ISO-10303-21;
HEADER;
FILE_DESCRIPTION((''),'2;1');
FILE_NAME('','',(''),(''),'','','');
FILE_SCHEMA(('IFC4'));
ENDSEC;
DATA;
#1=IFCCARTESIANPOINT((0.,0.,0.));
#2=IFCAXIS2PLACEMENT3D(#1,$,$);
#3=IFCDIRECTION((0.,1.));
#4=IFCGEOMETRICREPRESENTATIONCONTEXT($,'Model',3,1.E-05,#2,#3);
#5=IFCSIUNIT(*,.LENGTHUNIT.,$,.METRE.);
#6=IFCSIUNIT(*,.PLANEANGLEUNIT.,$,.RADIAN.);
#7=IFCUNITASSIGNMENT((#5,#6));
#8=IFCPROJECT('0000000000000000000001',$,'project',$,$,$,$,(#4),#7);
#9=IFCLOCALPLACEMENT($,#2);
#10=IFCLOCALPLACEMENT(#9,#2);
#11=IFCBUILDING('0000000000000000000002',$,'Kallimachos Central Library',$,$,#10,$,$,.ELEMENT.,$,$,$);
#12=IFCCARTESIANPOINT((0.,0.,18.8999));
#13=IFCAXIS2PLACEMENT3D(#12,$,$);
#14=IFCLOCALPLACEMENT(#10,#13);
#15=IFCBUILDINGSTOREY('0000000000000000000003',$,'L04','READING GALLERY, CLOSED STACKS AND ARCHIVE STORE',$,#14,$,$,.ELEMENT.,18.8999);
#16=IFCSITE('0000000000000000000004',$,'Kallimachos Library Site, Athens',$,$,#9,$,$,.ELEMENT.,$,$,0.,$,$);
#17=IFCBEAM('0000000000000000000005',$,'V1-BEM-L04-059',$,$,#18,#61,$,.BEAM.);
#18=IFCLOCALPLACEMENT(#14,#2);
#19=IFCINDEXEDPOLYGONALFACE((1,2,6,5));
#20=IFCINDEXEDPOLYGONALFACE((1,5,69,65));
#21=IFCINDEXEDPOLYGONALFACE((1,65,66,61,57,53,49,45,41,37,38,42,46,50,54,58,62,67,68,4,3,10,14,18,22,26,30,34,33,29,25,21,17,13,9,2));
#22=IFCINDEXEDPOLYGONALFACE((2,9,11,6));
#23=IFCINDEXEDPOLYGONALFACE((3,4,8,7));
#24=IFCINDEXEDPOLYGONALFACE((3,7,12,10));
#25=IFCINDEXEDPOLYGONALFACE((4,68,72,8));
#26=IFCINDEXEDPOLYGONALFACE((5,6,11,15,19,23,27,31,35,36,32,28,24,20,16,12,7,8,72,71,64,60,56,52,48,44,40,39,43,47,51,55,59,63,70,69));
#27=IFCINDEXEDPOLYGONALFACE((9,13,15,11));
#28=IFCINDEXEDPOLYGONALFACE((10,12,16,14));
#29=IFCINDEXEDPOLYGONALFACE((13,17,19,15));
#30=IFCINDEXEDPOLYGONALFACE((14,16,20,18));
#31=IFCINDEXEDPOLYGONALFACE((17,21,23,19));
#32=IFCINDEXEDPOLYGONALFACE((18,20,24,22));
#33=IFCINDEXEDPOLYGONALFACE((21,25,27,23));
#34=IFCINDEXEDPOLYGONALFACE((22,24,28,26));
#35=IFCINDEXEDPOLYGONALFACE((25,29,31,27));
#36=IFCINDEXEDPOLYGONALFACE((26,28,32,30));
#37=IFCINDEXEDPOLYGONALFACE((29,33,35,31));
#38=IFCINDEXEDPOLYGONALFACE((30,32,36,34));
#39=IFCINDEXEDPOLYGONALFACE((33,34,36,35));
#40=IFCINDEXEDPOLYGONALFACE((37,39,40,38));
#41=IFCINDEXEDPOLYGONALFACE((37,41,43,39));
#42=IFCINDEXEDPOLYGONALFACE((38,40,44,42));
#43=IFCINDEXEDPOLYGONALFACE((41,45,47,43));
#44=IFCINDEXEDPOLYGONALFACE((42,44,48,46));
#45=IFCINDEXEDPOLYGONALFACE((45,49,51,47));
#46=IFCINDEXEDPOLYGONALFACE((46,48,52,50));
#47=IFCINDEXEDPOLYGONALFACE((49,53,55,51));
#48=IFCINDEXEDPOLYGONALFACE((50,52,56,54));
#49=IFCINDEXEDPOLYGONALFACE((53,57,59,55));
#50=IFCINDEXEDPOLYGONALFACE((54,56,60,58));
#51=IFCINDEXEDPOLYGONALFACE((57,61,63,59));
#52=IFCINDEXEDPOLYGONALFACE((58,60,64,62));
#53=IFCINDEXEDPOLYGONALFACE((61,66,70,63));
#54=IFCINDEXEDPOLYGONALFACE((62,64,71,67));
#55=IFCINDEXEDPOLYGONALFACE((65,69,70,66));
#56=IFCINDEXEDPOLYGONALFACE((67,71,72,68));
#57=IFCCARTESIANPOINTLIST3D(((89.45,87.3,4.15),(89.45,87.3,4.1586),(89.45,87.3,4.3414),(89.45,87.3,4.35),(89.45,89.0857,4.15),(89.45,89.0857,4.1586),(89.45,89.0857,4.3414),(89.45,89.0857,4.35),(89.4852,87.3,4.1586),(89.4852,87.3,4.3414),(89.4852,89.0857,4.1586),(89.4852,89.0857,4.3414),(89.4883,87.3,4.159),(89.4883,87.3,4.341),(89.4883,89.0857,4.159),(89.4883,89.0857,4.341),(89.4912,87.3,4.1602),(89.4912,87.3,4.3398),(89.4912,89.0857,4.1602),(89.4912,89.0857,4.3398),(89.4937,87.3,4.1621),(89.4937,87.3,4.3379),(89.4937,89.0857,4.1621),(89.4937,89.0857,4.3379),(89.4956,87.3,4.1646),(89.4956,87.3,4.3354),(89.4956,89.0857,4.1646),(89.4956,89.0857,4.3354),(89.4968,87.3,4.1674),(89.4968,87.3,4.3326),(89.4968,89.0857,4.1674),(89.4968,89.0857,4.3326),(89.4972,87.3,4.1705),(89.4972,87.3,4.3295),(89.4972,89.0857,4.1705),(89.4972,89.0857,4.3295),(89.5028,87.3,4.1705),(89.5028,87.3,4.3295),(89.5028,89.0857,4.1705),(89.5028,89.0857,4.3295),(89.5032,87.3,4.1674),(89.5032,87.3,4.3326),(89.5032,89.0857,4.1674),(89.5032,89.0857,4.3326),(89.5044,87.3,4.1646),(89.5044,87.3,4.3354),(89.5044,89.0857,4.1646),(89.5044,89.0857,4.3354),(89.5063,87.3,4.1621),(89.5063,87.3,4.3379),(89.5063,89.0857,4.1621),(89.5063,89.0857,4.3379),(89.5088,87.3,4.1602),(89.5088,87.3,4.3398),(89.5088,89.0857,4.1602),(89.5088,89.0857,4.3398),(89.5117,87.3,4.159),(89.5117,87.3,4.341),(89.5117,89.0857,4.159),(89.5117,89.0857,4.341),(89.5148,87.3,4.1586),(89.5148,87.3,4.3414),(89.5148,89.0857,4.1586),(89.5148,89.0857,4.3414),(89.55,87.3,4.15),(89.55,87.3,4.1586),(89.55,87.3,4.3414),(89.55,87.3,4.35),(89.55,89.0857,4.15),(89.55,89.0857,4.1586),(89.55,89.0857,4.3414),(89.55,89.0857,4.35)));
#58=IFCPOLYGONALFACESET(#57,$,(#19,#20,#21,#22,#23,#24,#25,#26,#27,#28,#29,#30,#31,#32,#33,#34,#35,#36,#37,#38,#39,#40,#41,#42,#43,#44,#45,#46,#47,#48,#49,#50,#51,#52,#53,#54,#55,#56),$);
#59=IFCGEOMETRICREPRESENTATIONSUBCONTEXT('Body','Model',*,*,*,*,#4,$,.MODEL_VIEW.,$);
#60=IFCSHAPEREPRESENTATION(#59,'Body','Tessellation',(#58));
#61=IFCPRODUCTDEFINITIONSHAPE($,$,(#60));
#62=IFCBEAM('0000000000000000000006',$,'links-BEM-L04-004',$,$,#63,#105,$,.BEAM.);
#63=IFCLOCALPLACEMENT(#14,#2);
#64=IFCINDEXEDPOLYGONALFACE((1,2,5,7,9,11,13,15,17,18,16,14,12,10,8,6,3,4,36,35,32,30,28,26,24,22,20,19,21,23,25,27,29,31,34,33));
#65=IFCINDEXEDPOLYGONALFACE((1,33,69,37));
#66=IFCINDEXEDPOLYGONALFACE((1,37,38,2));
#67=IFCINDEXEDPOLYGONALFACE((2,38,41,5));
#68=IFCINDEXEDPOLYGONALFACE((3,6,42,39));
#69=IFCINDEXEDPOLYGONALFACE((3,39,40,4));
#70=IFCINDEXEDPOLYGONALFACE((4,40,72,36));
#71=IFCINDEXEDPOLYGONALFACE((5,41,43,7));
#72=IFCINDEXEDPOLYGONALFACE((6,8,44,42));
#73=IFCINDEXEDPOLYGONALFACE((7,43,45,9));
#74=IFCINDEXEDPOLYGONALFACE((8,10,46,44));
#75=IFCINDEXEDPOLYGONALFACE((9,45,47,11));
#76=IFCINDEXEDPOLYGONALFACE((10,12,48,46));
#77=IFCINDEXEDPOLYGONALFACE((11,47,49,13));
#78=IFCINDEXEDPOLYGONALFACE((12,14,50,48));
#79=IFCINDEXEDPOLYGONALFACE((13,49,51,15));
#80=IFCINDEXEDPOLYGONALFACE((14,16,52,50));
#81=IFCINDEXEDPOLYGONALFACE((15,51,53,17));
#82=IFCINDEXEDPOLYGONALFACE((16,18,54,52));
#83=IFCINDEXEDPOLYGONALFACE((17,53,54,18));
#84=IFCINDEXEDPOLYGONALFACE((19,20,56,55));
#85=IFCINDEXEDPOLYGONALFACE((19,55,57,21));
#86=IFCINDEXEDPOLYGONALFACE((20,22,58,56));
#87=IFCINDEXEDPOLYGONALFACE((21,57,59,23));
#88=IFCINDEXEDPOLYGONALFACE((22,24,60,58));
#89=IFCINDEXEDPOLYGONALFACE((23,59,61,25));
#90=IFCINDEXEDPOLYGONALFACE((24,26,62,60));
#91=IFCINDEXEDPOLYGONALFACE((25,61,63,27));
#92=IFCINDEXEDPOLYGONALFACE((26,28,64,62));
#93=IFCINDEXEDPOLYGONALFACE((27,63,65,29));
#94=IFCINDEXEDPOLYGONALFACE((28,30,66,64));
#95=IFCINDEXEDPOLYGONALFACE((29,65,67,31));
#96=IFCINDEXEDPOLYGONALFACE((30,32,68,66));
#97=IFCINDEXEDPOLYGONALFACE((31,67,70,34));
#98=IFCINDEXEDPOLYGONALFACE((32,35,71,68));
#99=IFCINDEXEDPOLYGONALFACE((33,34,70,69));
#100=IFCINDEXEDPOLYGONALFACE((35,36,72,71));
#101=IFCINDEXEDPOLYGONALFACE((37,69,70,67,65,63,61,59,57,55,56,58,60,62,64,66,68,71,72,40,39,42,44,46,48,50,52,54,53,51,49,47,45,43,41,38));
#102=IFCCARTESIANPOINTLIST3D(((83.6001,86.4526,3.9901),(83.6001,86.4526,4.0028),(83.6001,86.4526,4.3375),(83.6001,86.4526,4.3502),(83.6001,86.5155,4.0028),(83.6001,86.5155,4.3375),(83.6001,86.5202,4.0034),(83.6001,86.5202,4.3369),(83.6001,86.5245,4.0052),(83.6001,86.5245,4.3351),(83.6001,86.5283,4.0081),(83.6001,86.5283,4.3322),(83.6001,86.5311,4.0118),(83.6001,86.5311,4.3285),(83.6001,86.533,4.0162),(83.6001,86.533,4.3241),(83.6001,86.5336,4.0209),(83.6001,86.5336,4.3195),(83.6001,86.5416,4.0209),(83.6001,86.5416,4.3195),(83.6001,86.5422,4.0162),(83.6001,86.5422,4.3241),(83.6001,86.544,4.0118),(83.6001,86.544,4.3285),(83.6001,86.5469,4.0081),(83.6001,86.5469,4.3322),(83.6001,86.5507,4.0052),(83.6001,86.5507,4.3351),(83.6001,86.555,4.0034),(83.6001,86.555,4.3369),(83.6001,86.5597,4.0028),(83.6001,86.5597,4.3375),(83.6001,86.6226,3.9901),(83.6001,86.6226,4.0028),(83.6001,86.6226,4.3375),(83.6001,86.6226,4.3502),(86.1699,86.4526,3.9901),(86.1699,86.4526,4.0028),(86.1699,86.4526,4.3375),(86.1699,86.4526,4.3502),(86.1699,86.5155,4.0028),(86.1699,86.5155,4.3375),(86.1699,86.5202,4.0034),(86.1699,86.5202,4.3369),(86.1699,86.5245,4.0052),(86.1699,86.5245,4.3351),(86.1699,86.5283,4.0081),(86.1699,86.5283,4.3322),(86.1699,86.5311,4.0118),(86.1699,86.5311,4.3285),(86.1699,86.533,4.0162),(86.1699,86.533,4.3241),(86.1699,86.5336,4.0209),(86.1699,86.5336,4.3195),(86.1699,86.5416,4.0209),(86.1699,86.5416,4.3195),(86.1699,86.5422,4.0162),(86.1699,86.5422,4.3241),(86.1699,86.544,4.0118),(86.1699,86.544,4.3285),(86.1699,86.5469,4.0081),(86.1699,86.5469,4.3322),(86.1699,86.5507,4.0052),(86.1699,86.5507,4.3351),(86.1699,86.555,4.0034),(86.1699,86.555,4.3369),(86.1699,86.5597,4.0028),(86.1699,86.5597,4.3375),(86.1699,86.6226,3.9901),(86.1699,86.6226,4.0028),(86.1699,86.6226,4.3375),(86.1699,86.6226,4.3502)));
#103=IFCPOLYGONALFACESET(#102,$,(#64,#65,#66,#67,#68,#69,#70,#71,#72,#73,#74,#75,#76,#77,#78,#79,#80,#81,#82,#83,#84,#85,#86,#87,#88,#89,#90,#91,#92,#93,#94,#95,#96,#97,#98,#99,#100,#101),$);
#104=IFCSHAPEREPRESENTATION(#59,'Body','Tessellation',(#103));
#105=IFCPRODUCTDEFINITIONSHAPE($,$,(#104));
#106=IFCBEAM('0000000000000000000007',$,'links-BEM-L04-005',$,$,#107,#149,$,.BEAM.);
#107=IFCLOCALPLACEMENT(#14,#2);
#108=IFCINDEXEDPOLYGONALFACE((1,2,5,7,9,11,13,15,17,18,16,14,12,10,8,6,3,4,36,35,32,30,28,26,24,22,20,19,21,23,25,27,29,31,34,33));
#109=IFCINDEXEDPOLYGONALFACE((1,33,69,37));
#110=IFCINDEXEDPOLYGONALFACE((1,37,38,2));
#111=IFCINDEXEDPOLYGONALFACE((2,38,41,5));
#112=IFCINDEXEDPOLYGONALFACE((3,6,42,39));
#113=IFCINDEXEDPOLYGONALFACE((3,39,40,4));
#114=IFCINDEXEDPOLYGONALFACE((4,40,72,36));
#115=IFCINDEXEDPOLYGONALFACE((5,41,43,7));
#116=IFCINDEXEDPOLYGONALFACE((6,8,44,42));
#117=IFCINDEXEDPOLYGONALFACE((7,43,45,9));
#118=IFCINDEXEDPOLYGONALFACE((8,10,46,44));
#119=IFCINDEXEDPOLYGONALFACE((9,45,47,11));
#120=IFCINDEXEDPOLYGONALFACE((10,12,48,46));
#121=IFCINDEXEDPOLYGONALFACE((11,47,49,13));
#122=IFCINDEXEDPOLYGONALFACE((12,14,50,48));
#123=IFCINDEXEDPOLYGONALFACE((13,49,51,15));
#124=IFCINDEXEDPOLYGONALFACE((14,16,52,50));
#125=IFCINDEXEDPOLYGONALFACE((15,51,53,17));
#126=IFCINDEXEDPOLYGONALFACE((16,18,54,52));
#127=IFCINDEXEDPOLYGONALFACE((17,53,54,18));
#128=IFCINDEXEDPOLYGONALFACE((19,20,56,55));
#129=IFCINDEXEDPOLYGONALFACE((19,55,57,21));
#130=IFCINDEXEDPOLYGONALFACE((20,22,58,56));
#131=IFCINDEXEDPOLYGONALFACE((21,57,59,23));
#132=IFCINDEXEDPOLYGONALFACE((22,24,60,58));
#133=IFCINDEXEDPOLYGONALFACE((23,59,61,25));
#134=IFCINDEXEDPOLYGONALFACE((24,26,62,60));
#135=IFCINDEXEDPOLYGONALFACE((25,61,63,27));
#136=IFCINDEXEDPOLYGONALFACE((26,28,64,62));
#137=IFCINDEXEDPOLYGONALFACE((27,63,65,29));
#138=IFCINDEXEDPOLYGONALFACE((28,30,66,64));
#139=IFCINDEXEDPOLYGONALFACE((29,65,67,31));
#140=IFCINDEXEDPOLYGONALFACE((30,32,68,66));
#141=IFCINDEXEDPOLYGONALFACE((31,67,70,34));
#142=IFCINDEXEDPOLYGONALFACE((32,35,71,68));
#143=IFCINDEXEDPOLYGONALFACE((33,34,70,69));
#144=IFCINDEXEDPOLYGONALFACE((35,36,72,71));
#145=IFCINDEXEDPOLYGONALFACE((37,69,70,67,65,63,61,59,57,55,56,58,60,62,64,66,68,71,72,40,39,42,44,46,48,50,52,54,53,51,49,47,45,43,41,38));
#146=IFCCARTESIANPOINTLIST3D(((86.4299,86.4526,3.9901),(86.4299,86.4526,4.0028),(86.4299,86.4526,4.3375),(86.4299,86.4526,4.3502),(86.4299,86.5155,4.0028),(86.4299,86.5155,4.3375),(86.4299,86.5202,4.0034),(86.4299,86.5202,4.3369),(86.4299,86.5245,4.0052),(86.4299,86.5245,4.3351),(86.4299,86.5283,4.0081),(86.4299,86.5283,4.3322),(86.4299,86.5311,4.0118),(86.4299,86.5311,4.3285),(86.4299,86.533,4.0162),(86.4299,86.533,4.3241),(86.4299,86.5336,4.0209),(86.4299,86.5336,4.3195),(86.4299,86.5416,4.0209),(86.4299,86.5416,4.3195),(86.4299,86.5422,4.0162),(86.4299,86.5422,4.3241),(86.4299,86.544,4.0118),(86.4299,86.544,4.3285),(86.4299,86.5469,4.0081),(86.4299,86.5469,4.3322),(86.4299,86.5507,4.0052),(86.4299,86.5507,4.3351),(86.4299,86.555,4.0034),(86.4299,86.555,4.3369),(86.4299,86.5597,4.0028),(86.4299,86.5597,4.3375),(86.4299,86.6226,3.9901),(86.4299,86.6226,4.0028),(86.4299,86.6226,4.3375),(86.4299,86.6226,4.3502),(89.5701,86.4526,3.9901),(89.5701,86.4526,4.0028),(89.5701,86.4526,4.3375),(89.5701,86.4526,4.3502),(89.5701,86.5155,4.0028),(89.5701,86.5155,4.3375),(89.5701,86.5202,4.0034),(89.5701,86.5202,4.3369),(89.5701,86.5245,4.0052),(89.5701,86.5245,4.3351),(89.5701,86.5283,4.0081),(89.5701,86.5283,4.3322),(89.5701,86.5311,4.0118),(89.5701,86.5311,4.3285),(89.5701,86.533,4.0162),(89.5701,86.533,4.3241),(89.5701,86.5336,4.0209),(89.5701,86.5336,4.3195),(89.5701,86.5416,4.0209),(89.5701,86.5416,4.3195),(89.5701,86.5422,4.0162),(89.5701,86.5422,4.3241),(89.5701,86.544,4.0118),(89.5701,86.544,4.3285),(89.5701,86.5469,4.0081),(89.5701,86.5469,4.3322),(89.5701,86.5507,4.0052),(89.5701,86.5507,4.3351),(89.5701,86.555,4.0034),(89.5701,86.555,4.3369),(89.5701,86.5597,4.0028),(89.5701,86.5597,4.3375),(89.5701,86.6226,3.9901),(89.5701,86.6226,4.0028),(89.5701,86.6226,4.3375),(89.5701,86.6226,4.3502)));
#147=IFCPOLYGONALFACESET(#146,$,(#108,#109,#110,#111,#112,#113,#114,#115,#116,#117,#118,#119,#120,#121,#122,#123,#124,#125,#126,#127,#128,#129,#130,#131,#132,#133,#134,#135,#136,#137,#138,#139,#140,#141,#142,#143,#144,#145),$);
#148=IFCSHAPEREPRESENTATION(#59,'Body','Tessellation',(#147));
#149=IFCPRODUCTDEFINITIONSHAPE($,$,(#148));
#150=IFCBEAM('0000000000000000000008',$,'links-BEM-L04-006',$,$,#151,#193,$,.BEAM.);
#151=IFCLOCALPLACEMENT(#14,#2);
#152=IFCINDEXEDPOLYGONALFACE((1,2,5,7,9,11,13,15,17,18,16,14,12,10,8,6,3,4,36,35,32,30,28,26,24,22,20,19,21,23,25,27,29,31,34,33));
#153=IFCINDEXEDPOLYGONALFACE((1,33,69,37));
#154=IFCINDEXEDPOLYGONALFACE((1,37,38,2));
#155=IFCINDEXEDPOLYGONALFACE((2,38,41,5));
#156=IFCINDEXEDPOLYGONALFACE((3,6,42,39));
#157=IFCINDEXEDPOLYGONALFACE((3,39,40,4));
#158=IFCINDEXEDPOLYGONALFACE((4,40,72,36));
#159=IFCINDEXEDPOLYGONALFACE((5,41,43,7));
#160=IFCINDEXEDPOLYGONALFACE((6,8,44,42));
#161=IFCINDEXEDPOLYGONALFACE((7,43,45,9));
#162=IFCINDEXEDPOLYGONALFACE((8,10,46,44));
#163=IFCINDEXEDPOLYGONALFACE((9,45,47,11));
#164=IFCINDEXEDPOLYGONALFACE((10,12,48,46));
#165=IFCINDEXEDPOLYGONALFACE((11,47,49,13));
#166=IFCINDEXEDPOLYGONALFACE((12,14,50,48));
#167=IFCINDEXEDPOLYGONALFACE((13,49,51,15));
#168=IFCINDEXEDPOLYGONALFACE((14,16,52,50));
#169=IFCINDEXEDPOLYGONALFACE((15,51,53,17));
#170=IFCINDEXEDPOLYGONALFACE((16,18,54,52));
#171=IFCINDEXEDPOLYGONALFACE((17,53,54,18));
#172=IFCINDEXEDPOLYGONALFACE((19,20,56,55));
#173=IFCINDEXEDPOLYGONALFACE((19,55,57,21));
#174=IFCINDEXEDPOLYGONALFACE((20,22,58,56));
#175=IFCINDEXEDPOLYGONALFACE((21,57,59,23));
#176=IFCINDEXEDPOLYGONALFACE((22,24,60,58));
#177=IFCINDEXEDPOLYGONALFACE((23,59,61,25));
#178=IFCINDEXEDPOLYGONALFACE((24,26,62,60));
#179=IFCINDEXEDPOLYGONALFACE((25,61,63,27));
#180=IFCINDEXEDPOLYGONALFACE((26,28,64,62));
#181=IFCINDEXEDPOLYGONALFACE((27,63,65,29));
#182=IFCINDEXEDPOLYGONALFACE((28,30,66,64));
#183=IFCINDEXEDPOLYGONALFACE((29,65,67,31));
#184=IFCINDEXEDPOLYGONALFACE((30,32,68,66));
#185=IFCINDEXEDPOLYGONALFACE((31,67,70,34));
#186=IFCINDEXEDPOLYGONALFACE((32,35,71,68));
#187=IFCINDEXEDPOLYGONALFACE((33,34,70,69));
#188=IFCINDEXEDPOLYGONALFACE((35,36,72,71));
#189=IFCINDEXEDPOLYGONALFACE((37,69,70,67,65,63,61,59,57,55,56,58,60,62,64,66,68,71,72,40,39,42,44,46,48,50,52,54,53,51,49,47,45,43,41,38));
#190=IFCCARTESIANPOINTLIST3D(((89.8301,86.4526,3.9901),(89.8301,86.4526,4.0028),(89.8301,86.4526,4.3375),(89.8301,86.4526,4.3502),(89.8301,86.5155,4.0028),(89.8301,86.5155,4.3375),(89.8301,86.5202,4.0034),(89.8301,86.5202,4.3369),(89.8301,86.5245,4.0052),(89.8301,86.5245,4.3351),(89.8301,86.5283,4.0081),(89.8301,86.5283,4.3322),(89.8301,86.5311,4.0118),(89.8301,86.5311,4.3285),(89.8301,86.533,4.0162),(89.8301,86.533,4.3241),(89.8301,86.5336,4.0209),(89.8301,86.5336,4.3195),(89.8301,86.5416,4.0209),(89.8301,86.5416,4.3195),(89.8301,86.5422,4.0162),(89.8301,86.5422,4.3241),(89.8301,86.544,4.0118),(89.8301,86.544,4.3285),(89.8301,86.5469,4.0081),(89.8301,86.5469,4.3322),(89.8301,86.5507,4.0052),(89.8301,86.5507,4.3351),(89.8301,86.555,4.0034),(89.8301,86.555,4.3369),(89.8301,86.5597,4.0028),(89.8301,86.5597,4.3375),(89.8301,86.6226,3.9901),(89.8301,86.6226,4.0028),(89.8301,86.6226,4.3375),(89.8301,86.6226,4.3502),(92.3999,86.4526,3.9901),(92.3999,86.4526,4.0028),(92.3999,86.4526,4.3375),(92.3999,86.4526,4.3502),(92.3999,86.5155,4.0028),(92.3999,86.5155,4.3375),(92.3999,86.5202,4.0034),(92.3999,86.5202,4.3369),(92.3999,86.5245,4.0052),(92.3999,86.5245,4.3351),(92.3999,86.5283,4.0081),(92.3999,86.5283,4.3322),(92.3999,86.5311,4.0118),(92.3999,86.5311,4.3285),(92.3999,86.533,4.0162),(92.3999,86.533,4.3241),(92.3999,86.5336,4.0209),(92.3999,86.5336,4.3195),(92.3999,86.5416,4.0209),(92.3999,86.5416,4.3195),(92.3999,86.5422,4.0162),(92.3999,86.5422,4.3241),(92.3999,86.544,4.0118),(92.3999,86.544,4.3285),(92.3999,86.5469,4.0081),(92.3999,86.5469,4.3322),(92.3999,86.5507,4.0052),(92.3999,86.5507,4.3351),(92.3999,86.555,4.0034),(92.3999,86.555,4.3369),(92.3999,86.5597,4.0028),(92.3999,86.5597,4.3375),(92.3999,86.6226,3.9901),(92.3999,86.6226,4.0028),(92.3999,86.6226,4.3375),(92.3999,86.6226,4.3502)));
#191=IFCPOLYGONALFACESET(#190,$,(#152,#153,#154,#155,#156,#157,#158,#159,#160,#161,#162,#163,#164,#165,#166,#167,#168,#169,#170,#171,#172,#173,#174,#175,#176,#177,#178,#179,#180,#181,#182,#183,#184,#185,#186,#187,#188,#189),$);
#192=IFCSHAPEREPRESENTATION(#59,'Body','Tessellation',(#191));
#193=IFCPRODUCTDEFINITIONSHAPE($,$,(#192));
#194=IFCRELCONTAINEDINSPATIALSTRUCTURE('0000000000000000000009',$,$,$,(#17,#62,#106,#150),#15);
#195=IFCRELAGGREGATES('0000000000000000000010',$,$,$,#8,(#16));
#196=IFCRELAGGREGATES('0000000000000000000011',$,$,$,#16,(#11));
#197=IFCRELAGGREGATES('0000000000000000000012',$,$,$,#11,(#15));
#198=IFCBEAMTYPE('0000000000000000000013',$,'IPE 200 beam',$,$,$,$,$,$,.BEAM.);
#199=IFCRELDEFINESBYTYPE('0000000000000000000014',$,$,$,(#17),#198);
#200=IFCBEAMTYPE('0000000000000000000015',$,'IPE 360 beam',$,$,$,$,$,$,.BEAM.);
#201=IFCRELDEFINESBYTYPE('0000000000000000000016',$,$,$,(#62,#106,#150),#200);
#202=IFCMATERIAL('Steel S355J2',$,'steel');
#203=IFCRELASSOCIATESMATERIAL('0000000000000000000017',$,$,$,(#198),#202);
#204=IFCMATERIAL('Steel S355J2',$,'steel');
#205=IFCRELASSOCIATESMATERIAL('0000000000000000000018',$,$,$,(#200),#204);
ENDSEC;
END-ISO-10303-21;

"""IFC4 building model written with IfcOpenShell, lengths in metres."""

from ifc_helpers import new_model, si_unit, direction, frame, origin, origin_2d, place, context, subcontext, project, spatial, i_section, extrude, material, material_profile, profile_set, type_object, element, save


model = new_model("IFC4")

# Units and contexts
model_context = context("Model", 3, precision=1e-05, world=origin(), true_north=direction((0.0, 1.0)))
body_context = subcontext(model_context, "Body", "Model", "MODEL_VIEW")
ifc_project = project(units=[si_unit("LENGTHUNIT", "METRE"), si_unit("PLANEANGLEUNIT", "RADIAN")], contexts=[model_context])

# Site, building, storey
site_placement = place(None, origin())
site = spatial("IfcSite", under=ifc_project, at=site_placement, Name="Kallimachos Library Site, Athens", CompositionType="ELEMENT", RefElevation=0.0)
building_placement = place(site_placement, origin())
building = spatial("IfcBuilding", under=site, at=building_placement, Name="Kallimachos Central Library", CompositionType="ELEMENT")
storey_placement = place(building_placement, frame((0.0, 0.0, 18.8999)))
storey = spatial("IfcBuildingStorey", under=building, at=storey_placement, Name="L04", Description="READING GALLERY, CLOSED STACKS AND ARCHIVE STORE", CompositionType="ELEMENT", Elevation=18.8999)

# Beams
ifc_material_1 = material(Name="Steel S355J2", Category="steel")
ifc_material_profile_1 = material_profile(ifc_material_1, i_section(OverallWidth=0.1001, OverallDepth=0.2, WebThickness=0.0056, FlangeThickness=0.0085, FilletRadius=0.012, at=origin_2d()), Name="IPE 200")
ifc_profile_set_1 = profile_set([ifc_material_profile_1], Name="Steel S355J2")
beam_type_1 = type_object("IfcBeamType", Name="IPE 200 beam", PredefinedType="BEAM", material=ifc_profile_set_1)
for number, where, z_axis, x_axis, name in (
    (1, (89.5, 87.3, 4.25), (0.0, 1.0, 0.0), (-1.0, 0.0, 0.0), "V1-BEM-L04-059"),
):
    element("IfcBeam", number, at=place(storey_placement, frame(where, z_axis=z_axis, x_axis=x_axis)), inside=storey, type_object=beam_type_1, Name=name, PredefinedType="BEAM", context=body_context, shape_type="SweptSolid", body=[
        extrude(i_section(OverallWidth=0.1001, OverallDepth=0.2, WebThickness=0.0056, FlangeThickness=0.0085, FilletRadius=0.012, at=origin_2d()), origin(), (0.0, 0.0, 1.0), 1.7856),
    ])
ifc_material_2 = material(Name="Steel S355J2", Category="steel")
ifc_material_profile_2 = material_profile(ifc_material_2, i_section(OverallWidth=0.1699, OverallDepth=0.3601, WebThickness=0.0081, FlangeThickness=0.0127, FilletRadius=0.0181, at=origin_2d()), Name="IPE 360")
ifc_profile_set_2 = profile_set([ifc_material_profile_2], Name="Steel S355J2")
beam_type_2 = type_object("IfcBeamType", Name="IPE 360 beam", PredefinedType="BEAM", material=ifc_profile_set_2)
beam_1_placement = place(storey_placement, frame((83.6001, 86.5376, 4.1702), z_axis=(1.0, 0.0, 0.0), x_axis=(0.0, 1.0, 0.0)))
element("IfcBeam", 2, at=beam_1_placement, inside=storey, type_object=beam_type_2, Name="links-BEM-L04-004", PredefinedType="BEAM", context=body_context, shape_type="SweptSolid", body=[
    extrude(i_section(OverallWidth=0.1699, OverallDepth=0.3601, WebThickness=0.0081, FlangeThickness=0.0127, FilletRadius=0.0181, at=origin_2d()), origin(), (0.0, 0.0, 1.0), 2.5698),
])
beam_2_placement = place(storey_placement, frame((86.4299, 86.5376, 4.1702), z_axis=(1.0, 0.0, 0.0), x_axis=(0.0, 1.0, 0.0)))
element("IfcBeam", 3, at=beam_2_placement, inside=storey, type_object=beam_type_2, Name="links-BEM-L04-005", PredefinedType="BEAM", context=body_context, shape_type="SweptSolid", body=[
    extrude(i_section(OverallWidth=0.1699, OverallDepth=0.3601, WebThickness=0.0081, FlangeThickness=0.0127, FilletRadius=0.0181, at=origin_2d()), origin(), (0.0, 0.0, 1.0), 3.1401),
])
beam_3_placement = place(storey_placement, frame((89.8301, 86.5376, 4.1702), z_axis=(1.0, 0.0, 0.0), x_axis=(0.0, 1.0, 0.0)))
element("IfcBeam", 4, at=beam_3_placement, inside=storey, type_object=beam_type_2, Name="links-BEM-L04-006", PredefinedType="BEAM", context=body_context, shape_type="SweptSolid", body=[
    extrude(i_section(OverallWidth=0.1699, OverallDepth=0.3601, WebThickness=0.0081, FlangeThickness=0.0127, FilletRadius=0.0181, at=origin_2d()), origin(), (0.0, 0.0, 1.0), 2.5698),
])

save(model, "model.ifc")
